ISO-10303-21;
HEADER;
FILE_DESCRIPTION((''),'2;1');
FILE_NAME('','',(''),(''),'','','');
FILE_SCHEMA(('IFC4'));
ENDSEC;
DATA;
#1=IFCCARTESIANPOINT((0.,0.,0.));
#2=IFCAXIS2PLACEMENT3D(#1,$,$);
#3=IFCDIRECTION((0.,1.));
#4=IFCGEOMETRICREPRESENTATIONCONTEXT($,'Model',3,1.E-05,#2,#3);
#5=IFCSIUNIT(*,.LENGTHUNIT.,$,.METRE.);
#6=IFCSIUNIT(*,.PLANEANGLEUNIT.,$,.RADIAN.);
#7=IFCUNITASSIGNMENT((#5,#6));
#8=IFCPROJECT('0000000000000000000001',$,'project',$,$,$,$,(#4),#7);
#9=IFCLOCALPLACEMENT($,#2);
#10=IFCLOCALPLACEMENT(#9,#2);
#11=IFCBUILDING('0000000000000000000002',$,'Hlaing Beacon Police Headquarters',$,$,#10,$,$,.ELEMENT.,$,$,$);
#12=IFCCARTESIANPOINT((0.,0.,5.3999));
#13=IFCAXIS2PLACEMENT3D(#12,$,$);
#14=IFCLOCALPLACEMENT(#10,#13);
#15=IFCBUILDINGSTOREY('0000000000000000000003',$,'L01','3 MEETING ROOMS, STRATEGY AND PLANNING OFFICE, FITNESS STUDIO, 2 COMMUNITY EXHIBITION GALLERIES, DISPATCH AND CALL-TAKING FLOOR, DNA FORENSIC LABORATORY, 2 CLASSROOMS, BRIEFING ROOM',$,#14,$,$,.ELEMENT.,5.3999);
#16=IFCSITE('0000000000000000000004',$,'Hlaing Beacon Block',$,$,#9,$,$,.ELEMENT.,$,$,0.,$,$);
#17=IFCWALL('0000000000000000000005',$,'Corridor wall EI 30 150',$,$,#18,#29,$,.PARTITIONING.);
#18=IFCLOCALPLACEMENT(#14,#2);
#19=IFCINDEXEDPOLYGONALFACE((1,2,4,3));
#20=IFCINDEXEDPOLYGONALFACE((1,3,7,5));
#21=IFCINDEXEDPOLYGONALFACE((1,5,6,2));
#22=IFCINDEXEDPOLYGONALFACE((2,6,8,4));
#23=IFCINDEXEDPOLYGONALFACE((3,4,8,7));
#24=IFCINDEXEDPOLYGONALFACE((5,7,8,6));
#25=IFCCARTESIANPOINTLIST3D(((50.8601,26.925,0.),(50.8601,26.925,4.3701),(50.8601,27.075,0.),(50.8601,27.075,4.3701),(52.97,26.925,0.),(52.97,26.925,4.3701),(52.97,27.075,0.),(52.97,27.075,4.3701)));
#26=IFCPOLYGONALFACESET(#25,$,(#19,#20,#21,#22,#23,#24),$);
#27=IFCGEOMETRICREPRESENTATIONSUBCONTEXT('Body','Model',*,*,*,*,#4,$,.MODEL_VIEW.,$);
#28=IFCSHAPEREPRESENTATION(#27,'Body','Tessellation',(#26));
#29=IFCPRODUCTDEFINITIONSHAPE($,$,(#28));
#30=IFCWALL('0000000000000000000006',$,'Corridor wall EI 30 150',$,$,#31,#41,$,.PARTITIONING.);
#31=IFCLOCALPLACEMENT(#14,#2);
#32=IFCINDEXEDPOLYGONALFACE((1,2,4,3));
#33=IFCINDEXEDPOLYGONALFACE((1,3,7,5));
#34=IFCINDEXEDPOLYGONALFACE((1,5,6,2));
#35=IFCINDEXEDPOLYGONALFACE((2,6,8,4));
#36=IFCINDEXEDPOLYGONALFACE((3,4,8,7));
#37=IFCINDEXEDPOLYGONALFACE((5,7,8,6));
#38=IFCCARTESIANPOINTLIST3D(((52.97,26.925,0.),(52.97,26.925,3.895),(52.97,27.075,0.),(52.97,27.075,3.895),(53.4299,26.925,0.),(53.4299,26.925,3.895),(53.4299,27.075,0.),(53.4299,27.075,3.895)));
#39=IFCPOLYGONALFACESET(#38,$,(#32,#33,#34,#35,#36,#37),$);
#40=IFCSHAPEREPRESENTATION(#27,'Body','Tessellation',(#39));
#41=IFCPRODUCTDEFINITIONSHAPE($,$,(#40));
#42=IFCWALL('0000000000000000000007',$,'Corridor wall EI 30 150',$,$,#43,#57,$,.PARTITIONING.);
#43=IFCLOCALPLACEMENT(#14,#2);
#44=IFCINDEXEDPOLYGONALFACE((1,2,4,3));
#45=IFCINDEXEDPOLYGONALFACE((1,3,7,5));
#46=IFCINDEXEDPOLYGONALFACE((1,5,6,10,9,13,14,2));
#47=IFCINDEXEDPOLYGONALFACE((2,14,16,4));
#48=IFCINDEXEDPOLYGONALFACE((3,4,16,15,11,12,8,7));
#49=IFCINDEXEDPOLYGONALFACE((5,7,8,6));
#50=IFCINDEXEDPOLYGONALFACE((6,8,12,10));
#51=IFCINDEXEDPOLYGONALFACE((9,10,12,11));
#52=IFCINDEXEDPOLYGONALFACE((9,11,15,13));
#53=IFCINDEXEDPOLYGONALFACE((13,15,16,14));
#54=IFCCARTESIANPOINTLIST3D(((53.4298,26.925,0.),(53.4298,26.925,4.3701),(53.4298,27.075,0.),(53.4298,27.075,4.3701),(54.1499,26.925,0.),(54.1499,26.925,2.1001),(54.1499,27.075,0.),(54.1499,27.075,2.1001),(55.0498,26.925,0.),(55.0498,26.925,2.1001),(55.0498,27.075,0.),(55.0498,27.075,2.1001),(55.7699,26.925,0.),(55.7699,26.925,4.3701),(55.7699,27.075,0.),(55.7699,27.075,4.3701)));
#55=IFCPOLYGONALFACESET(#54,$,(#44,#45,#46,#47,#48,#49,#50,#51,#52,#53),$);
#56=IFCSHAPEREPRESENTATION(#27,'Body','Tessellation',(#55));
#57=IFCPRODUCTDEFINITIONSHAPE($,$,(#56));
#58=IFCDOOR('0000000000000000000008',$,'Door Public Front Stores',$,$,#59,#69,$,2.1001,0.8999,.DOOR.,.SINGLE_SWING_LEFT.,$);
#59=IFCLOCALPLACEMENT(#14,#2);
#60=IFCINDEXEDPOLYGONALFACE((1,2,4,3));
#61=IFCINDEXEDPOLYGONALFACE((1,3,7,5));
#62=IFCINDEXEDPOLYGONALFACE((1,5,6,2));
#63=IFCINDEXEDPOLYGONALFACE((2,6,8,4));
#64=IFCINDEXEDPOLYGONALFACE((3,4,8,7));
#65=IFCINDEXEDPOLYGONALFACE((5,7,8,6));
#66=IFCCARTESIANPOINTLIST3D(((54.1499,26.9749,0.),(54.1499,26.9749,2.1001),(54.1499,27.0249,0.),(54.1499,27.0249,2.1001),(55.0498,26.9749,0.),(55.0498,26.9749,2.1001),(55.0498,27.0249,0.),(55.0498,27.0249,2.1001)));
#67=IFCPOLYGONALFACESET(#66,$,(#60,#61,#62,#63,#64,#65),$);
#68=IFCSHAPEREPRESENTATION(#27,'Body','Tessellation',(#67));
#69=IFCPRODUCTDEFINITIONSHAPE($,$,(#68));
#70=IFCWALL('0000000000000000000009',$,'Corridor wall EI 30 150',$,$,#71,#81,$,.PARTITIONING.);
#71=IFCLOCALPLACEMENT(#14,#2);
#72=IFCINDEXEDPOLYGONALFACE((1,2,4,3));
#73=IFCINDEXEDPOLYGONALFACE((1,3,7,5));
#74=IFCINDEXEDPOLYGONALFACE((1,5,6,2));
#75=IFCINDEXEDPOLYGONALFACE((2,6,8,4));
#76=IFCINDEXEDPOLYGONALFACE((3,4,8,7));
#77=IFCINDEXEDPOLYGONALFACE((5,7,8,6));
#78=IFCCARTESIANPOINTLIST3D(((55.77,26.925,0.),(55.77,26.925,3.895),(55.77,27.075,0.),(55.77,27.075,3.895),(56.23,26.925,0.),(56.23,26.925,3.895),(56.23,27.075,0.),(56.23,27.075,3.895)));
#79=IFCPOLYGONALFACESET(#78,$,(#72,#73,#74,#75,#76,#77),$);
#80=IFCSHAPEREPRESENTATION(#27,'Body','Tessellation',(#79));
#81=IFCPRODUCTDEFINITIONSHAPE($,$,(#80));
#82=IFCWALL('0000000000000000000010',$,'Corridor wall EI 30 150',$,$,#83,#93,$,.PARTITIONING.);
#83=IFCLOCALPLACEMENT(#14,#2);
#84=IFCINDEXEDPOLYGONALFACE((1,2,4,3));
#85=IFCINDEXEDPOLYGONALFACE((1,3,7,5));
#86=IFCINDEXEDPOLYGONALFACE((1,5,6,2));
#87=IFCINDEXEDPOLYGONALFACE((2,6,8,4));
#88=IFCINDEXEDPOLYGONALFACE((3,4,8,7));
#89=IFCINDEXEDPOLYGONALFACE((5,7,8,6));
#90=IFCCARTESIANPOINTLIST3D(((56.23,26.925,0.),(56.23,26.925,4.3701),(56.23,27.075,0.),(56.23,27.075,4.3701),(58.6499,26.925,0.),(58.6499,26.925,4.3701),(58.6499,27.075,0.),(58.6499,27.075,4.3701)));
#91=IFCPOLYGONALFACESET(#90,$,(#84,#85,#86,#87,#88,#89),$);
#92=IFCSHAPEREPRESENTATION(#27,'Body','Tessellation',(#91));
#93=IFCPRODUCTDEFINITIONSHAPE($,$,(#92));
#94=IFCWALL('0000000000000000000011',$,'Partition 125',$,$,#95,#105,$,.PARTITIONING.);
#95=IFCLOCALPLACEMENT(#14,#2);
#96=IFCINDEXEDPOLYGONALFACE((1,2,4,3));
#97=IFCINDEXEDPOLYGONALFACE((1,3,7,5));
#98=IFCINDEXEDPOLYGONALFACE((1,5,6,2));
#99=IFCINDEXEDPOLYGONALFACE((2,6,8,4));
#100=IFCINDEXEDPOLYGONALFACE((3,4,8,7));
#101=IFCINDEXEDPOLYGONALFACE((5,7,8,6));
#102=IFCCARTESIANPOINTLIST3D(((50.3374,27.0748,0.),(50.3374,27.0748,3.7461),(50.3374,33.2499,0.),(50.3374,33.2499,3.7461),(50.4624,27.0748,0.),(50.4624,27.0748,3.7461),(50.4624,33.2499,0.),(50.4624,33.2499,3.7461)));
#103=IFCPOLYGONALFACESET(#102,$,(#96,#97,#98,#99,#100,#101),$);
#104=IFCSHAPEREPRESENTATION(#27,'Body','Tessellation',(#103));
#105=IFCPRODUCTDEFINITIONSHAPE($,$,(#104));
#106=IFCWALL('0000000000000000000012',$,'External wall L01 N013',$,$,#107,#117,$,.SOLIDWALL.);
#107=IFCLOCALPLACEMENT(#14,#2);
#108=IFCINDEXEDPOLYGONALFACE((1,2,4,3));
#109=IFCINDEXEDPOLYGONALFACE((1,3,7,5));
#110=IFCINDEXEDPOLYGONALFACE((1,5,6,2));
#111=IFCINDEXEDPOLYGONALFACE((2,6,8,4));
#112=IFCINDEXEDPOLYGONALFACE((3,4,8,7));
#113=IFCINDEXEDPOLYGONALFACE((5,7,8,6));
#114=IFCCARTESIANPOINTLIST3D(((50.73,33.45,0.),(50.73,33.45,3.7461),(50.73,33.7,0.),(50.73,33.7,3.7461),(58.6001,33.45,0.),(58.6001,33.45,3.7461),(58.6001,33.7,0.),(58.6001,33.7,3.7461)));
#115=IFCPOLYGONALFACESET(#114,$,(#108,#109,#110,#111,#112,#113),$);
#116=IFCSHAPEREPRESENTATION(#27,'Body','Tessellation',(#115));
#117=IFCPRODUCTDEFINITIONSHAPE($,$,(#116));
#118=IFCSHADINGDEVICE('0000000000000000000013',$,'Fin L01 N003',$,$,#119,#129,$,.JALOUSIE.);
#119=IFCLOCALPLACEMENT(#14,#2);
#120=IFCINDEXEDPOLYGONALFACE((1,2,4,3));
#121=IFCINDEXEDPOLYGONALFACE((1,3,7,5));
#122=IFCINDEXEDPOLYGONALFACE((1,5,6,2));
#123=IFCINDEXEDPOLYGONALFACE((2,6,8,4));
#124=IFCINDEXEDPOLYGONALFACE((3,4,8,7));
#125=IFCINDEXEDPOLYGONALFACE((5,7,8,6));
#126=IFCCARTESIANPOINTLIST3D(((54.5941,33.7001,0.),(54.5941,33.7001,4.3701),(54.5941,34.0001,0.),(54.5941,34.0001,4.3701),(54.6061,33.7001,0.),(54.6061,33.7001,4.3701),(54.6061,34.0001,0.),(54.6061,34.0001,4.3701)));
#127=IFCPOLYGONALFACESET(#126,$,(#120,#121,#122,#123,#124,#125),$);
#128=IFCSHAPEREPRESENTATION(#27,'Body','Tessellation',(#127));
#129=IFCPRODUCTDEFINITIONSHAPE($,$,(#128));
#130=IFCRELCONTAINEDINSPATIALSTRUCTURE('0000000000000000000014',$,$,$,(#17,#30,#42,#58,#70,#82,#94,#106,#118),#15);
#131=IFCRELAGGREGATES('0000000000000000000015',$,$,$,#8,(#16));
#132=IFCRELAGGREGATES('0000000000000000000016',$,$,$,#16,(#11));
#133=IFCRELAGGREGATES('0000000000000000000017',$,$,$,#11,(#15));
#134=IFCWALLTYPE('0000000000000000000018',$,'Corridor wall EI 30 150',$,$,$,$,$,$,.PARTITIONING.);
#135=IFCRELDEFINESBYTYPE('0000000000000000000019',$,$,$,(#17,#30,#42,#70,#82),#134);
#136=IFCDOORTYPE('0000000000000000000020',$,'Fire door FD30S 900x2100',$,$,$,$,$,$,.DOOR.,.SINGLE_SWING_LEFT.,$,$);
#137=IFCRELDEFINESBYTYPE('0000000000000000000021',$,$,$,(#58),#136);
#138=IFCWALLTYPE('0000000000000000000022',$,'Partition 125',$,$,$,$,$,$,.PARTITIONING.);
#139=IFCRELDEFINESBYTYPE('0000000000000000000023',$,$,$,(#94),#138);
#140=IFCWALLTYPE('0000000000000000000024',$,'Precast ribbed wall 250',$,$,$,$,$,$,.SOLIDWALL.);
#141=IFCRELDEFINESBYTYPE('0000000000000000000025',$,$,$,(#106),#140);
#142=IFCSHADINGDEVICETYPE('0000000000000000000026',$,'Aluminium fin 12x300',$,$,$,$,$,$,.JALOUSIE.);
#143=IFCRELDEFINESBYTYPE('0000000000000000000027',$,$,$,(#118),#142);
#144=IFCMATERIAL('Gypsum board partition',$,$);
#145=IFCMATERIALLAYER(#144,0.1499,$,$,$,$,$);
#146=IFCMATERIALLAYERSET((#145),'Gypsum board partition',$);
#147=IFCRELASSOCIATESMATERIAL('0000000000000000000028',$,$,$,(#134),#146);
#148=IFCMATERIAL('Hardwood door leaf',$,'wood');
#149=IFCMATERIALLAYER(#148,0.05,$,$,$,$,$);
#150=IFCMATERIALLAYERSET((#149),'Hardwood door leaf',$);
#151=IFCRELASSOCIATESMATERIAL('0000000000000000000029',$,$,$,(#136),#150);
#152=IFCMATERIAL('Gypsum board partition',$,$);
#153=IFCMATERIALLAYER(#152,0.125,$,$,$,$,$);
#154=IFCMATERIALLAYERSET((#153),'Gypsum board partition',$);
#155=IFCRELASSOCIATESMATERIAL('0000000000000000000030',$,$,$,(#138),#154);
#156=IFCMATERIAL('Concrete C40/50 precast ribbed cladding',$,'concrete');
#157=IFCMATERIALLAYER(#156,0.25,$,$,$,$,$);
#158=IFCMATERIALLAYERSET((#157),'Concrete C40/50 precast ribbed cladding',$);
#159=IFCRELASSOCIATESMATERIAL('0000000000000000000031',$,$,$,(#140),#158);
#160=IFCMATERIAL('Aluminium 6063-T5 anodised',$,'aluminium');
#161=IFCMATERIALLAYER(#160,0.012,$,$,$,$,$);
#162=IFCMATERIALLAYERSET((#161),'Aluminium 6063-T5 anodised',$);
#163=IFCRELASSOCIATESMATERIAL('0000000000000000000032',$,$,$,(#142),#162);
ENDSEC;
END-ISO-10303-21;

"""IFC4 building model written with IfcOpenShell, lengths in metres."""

from ifc_helpers import new_model, si_unit, direction, frame, frame_2d, origin, origin_2d, place, context, subcontext, project, spatial, rectangle, extrude, material, layer, layer_set, type_object, element, fill, save


model = new_model("IFC4")

# Units and contexts
model_context = context("Model", 3, precision=1e-05, world=origin(), true_north=direction((0.0, 1.0)))
body_context = subcontext(model_context, "Body", "Model", "MODEL_VIEW")
ifc_project = project(units=[si_unit("LENGTHUNIT", "METRE"), si_unit("PLANEANGLEUNIT", "RADIAN")], contexts=[model_context])

# Site, building, storey
site_placement = place(None, origin())
site = spatial("IfcSite", under=ifc_project, at=site_placement, Name="Hlaing Beacon Block", CompositionType="ELEMENT", RefElevation=0.0)
building_placement = place(site_placement, origin())
building = spatial("IfcBuilding", under=site, at=building_placement, Name="Hlaing Beacon Police Headquarters", CompositionType="ELEMENT")
storey_placement = place(building_placement, frame((0.0, 0.0, 5.3999)))
storey = spatial("IfcBuildingStorey", under=building, at=storey_placement, Name="L01", Description="3 MEETING ROOMS, STRATEGY AND PLANNING OFFICE, FITNESS STUDIO, 2 COMMUNITY EXHIBITION GALLERIES, DISPATCH AND CALL-TAKING FLOOR, DNA FORENSIC LABORATORY, 2 CLASSROOMS, BRIEFING ROOM", CompositionType="ELEMENT", Elevation=5.3999)

# Walls
ifc_material_1 = material(Name="Gypsum board partition")
ifc_layer_1 = layer(ifc_material_1, 0.1499)
ifc_layer_set_1 = layer_set([ifc_layer_1], Name="Gypsum board partition")
wall_type_1 = type_object("IfcWallType", Name="Corridor wall EI 30 150", PredefinedType="PARTITIONING", material=ifc_layer_set_1)
wall_1_placement = place(storey_placement, frame((50.8601, 27.0, 0.0), z_axis=(0.0, 0.0, 1.0), x_axis=(1.0, 0.0, 0.0)))
element("IfcWall", 1, at=wall_1_placement, inside=storey, type_object=wall_type_1, Name="Corridor wall EI 30 150", PredefinedType="PARTITIONING", context=body_context, shape_type="SweptSolid", body=[
    extrude(rectangle(XDim=2.1099, YDim=0.1499, at=frame_2d((1.0549, 0.0))), origin(), (0.0, 0.0, 1.0), 4.3701),
])
wall_2_placement = place(storey_placement, frame((52.97, 27.0, 0.0), z_axis=(0.0, 0.0, 1.0), x_axis=(1.0, 0.0, 0.0)))
element("IfcWall", 2, at=wall_2_placement, inside=storey, type_object=wall_type_1, Name="Corridor wall EI 30 150", PredefinedType="PARTITIONING", context=body_context, shape_type="SweptSolid", body=[
    extrude(rectangle(XDim=0.46, YDim=0.1499, at=frame_2d((0.23, 0.0))), origin(), (0.0, 0.0, 1.0), 3.895),
])

# Wall, opening, door
wall_3_placement = place(storey_placement, frame((53.4299, 27.0, 0.0), z_axis=(0.0, 0.0, 1.0), x_axis=(1.0, 0.0, 0.0)))
wall_3 = element("IfcWall", 3, at=wall_3_placement, inside=storey, type_object=wall_type_1, Name="Corridor wall EI 30 150", PredefinedType="PARTITIONING", context=body_context, shape_type="SweptSolid", body=[
    extrude(rectangle(XDim=2.3401, YDim=0.1499, at=frame_2d((1.1699, 0.0))), origin(), (0.0, 0.0, 1.0), 4.3701),
])
opening_1_placement = place(wall_3_placement, frame((0.72, 0.0, 0.0)))
opening_1 = element("IfcOpeningElement", 4, at=opening_1_placement, cuts=wall_3, PredefinedType="OPENING", context=body_context, shape_type="SweptSolid", body=[
    extrude(rectangle(XDim=0.8999, YDim=2.1001, at=frame_2d((0.45, 1.05))), frame((0.0, 0.085, 0.0), z_axis=(0.0, -1.0, 0.0), x_axis=(1.0, 0.0, 0.0)), (0.0, 0.0, 1.0), 0.1699),
])
ifc_material_2 = material(Name="Hardwood door leaf", Category="wood")
ifc_layer_2 = layer(ifc_material_2, 0.05)
ifc_layer_set_2 = layer_set([ifc_layer_2], Name="Hardwood door leaf")
door_type_1 = type_object("IfcDoorType", Name="Fire door FD30S 900x2100", OperationType="SINGLE_SWING_LEFT", PredefinedType="DOOR", material=ifc_layer_set_2)
door_1_placement = place(opening_1_placement, origin())
door_1 = element("IfcDoor", 5, at=door_1_placement, inside=storey, type_object=door_type_1, Name="Door Public Front Stores", OperationType="SINGLE_SWING_LEFT", OverallHeight=2.1001, OverallWidth=0.8999, PredefinedType="DOOR", context=body_context, shape_type="SweptSolid", body=[
    extrude(rectangle(XDim=0.8999, YDim=2.1001, at=frame_2d((0.45, 1.05))), frame((0.0, 0.0249, 0.0), z_axis=(0.0, -1.0, 0.0), x_axis=(1.0, 0.0, 0.0)), (0.0, 0.0, 1.0), 0.05),
])
fill(opening_1, door_1)

# Walls
wall_4_placement = place(storey_placement, frame((55.77, 27.0, 0.0), z_axis=(0.0, 0.0, 1.0), x_axis=(1.0, 0.0, 0.0)))
element("IfcWall", 6, at=wall_4_placement, inside=storey, type_object=wall_type_1, Name="Corridor wall EI 30 150", PredefinedType="PARTITIONING", context=body_context, shape_type="SweptSolid", body=[
    extrude(rectangle(XDim=0.46, YDim=0.1499, at=frame_2d((0.23, 0.0))), origin(), (0.0, 0.0, 1.0), 3.895),
])
wall_5_placement = place(storey_placement, frame((56.23, 27.0, 0.0), z_axis=(0.0, 0.0, 1.0), x_axis=(1.0, 0.0, 0.0)))
element("IfcWall", 7, at=wall_5_placement, inside=storey, type_object=wall_type_1, Name="Corridor wall EI 30 150", PredefinedType="PARTITIONING", context=body_context, shape_type="SweptSolid", body=[
    extrude(rectangle(XDim=2.4199, YDim=0.1499, at=frame_2d((1.21, 0.0))), origin(), (0.0, 0.0, 1.0), 4.3701),
])
ifc_material_3 = material(Name="Gypsum board partition")
ifc_layer_3 = layer(ifc_material_3, 0.125)
ifc_layer_set_3 = layer_set([ifc_layer_3], Name="Gypsum board partition")
wall_type_2 = type_object("IfcWallType", Name="Partition 125", PredefinedType="PARTITIONING", material=ifc_layer_set_3)
wall_6_placement = place(storey_placement, frame((50.3999, 27.075, 0.0), z_axis=(0.0, 0.0, 1.0), x_axis=(0.0, 1.0, 0.0)))
element("IfcWall", 8, at=wall_6_placement, inside=storey, type_object=wall_type_2, Name="Partition 125", PredefinedType="PARTITIONING", context=body_context, shape_type="SweptSolid", body=[
    extrude(rectangle(XDim=6.175, YDim=0.125, at=frame_2d((3.0874, 0.0))), origin(), (0.0, 0.0, 1.0), 3.7461),
])
ifc_material_4 = material(Name="Concrete C40/50 precast ribbed cladding", Category="concrete")
ifc_layer_4 = layer(ifc_material_4, 0.25)
ifc_layer_set_4 = layer_set([ifc_layer_4], Name="Concrete C40/50 precast ribbed cladding")
wall_type_3 = type_object("IfcWallType", Name="Precast ribbed wall 250", PredefinedType="SOLIDWALL", material=ifc_layer_set_4)
wall_7_placement = place(storey_placement, frame((58.6001, 33.575, 0.0), z_axis=(0.0, 0.0, 1.0), x_axis=(-1.0, 0.0, 0.0)))
element("IfcWall", 9, at=wall_7_placement, inside=storey, type_object=wall_type_3, Name="External wall L01 N013", PredefinedType="SOLIDWALL", context=body_context, shape_type="SweptSolid", body=[
    extrude(rectangle(XDim=7.8701, YDim=0.25, at=frame_2d((3.9351, 0.0))), origin(), (0.0, 0.0, 1.0), 3.7461),
])

# Shading device
ifc_material_5 = material(Name="Aluminium 6063-T5 anodised", Category="aluminium")
ifc_layer_5 = layer(ifc_material_5, 0.012)
ifc_layer_set_5 = layer_set([ifc_layer_5], Name="Aluminium 6063-T5 anodised")
shading_device_type = type_object("IfcShadingDeviceType", Name="Aluminium fin 12x300", PredefinedType="JALOUSIE", material=ifc_layer_set_5)
shading_device_placement = place(storey_placement, frame((54.6001, 33.8501, 0.0), z_axis=(0.0, 0.0, 1.0), x_axis=(-1.0, 0.0, 0.0)))
element("IfcShadingDevice", 10, at=shading_device_placement, inside=storey, type_object=shading_device_type, Name="Fin L01 N003", PredefinedType="JALOUSIE", context=body_context, shape_type="SweptSolid", body=[
    extrude(rectangle(XDim=0.012, YDim=0.3, at=origin_2d()), origin(), (0.0, 0.0, 1.0), 4.3701),
])

save(model, "model.ifc")
